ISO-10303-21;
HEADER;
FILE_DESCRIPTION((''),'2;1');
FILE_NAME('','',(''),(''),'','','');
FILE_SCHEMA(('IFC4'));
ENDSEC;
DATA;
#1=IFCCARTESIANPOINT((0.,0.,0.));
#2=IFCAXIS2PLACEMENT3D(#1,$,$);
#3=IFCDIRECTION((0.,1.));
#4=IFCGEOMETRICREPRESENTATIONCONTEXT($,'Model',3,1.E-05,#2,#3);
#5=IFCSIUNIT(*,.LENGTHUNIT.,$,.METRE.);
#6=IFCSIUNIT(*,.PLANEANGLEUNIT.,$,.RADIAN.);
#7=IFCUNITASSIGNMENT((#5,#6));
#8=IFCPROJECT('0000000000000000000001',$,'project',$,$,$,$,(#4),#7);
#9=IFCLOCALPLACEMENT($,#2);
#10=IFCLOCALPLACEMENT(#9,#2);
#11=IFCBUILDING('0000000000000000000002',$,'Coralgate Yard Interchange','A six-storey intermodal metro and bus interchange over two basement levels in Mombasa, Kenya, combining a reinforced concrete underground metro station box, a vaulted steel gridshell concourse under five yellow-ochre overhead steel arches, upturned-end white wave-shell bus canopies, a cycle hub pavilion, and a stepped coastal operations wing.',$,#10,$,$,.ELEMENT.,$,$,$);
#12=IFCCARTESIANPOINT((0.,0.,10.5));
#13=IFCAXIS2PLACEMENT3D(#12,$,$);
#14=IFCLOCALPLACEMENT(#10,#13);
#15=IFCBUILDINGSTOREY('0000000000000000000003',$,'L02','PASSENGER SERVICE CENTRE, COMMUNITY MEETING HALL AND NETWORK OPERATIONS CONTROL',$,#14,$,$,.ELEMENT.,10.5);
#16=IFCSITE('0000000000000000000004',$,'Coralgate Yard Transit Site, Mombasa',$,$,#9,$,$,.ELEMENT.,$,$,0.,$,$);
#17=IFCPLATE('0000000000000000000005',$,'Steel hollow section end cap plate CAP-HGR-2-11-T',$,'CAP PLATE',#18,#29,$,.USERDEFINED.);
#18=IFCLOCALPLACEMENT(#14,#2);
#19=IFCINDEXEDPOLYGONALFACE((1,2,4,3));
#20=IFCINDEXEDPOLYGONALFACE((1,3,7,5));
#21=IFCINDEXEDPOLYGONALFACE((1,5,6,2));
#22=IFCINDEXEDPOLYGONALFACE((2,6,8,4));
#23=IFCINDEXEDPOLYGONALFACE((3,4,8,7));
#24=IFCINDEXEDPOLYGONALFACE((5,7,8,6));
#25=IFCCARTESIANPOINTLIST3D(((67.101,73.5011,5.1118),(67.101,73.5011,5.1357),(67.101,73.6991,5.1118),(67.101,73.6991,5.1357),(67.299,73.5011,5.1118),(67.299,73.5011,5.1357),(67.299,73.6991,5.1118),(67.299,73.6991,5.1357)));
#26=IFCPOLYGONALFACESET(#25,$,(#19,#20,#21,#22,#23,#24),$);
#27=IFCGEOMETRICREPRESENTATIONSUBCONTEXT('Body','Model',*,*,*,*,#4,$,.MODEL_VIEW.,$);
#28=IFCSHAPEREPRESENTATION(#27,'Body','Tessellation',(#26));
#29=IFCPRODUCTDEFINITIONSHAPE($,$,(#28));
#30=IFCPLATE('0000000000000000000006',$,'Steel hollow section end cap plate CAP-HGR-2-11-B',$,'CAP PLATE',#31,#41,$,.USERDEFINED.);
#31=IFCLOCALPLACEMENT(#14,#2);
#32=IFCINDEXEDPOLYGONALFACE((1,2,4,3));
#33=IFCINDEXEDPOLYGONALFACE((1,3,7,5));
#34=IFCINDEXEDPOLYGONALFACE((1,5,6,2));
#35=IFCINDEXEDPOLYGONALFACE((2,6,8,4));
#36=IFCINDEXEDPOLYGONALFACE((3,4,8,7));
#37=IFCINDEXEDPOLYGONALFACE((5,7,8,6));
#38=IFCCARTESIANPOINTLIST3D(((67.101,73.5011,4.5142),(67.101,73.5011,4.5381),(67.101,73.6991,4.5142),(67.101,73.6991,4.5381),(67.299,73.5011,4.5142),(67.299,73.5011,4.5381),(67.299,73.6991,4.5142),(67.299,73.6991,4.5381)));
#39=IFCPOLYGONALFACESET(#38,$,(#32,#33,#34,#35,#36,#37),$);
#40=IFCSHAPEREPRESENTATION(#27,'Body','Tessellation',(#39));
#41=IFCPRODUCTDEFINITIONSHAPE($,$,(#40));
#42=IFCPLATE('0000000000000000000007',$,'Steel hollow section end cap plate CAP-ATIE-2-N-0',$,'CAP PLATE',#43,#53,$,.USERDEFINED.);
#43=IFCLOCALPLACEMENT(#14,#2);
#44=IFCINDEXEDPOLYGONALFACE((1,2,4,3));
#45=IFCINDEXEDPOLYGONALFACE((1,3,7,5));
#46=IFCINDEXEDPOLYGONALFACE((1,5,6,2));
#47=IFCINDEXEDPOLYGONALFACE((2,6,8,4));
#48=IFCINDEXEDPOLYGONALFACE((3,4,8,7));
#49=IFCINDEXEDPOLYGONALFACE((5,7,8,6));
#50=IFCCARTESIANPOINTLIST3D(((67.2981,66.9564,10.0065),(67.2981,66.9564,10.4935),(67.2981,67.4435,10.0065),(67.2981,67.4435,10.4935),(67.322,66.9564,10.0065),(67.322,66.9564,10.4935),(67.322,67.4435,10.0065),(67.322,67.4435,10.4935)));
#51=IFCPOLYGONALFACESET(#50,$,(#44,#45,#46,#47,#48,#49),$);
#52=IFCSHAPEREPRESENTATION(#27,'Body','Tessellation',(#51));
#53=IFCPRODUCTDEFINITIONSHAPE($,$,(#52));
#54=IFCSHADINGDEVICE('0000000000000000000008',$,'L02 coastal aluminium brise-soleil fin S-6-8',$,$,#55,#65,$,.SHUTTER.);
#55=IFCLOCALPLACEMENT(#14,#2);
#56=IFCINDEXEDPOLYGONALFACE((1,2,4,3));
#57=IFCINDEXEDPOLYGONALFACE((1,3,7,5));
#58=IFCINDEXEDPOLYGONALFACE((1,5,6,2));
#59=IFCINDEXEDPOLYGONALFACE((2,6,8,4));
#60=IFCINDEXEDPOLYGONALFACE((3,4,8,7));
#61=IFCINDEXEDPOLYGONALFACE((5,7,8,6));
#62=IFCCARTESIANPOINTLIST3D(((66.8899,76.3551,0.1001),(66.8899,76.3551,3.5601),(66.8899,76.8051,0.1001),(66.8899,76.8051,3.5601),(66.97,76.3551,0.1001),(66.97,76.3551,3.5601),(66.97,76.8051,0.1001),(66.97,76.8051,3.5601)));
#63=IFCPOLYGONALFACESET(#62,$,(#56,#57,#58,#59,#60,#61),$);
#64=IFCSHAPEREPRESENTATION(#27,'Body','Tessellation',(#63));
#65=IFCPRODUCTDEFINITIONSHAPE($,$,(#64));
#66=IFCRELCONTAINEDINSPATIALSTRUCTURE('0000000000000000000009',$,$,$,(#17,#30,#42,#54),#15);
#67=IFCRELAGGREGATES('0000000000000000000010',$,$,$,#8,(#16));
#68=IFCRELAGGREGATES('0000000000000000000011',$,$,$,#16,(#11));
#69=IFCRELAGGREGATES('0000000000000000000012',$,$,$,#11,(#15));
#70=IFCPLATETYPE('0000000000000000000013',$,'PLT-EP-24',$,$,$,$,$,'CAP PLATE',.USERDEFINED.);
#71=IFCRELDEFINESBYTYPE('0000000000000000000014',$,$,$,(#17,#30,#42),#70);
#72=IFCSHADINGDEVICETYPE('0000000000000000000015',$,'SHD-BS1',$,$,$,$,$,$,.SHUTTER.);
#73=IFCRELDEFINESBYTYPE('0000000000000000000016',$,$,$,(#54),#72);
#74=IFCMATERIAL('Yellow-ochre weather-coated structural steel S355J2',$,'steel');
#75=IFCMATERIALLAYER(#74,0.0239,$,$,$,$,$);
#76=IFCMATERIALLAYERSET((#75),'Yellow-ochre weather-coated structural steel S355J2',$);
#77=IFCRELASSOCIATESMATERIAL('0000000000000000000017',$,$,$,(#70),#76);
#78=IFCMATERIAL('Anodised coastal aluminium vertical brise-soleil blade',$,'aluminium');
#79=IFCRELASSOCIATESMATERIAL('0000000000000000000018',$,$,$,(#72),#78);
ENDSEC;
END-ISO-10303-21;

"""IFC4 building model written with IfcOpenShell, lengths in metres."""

from ifc_helpers import new_model, si_unit, direction, frame, origin, origin_2d, place, context, subcontext, project, spatial, rectangle, extrude, material, layer, layer_set, type_object, element, save


model = new_model("IFC4")

# Units and contexts
model_context = context("Model", 3, precision=1e-05, world=origin(), true_north=direction((0.0, 1.0)))
body_context = subcontext(model_context, "Body", "Model", "MODEL_VIEW")
ifc_project = project(units=[si_unit("LENGTHUNIT", "METRE"), si_unit("PLANEANGLEUNIT", "RADIAN")], contexts=[model_context])

# Site, building, storey
site_placement = place(None, origin())
site = spatial("IfcSite", under=ifc_project, at=site_placement, Name="Coralgate Yard Transit Site, Mombasa", CompositionType="ELEMENT", RefElevation=0.0)
building_placement = place(site_placement, origin())
building = spatial("IfcBuilding", under=site, at=building_placement, Name="Coralgate Yard Interchange", Description="A six-storey intermodal metro and bus interchange over two basement levels in Mombasa, Kenya, combining a reinforced concrete underground metro station box, a vaulted steel gridshell concourse under five yellow-ochre overhead steel arches, upturned-end white wave-shell bus canopies, a cycle hub pavilion, and a stepped coastal operations wing.", CompositionType="ELEMENT")
storey_placement = place(building_placement, frame((0.0, 0.0, 10.5)))
storey = spatial("IfcBuildingStorey", under=building, at=storey_placement, Name="L02", Description="PASSENGER SERVICE CENTRE, COMMUNITY MEETING HALL AND NETWORK OPERATIONS CONTROL", CompositionType="ELEMENT", Elevation=10.5)

# Shared definitions
ifc_material_1 = material(Name="Yellow-ochre weather-coated structural steel S355J2", Category="steel")

# Plates
ifc_layer_1 = layer(ifc_material_1, 0.0239)
ifc_layer_set_1 = layer_set([ifc_layer_1], Name="Yellow-ochre weather-coated structural steel S355J2")
plate_type_1 = type_object("IfcPlateType", Name="PLT-EP-24", ElementType="CAP PLATE", PredefinedType="USERDEFINED", material=ifc_layer_set_1)
for number, where, z_axis, x_axis, name in (
    (1, (67.2, 73.6001, 5.1118), (0.0, 0.0, 1.0), (1.0, 0.0, 0.0), "Steel hollow section end cap plate CAP-HGR-2-11-T"),
    (2, (67.2, 73.6001, 4.5381), (0.0, 0.0, -1.0), (1.0, 0.0, 0.0), "Steel hollow section end cap plate CAP-HGR-2-11-B"),
):
    element("IfcPlate", number, at=place(storey_placement, frame(where, z_axis=z_axis, x_axis=x_axis)), inside=storey, type_object=plate_type_1, Name=name, ObjectType="CAP PLATE", PredefinedType="USERDEFINED", context=body_context, shape_type="SweptSolid", body=[
        extrude(rectangle(XDim=0.198, YDim=0.198, at=origin_2d()), origin(), (0.0, 0.0, 1.0), 0.0239),
    ])
plate_1_placement = place(storey_placement, frame((67.322, 67.2, 10.25), z_axis=(-1.0, 0.0, 0.0), x_axis=(0.0, -1.0, 0.0)))
element("IfcPlate", 3, at=plate_1_placement, inside=storey, type_object=plate_type_1, Name="Steel hollow section end cap plate CAP-ATIE-2-N-0", ObjectType="CAP PLATE", PredefinedType="USERDEFINED", context=body_context, shape_type="SweptSolid", body=[
    extrude(rectangle(XDim=0.4871, YDim=0.4871, at=origin_2d()), origin(), (0.0, 0.0, 1.0), 0.0239),
])

# Shading device
ifc_material_2 = material(Name="Anodised coastal aluminium vertical brise-soleil blade", Category="aluminium")
shading_device_type = type_object("IfcShadingDeviceType", Name="SHD-BS1", PredefinedType="SHUTTER", material=ifc_material_2)
shading_device_placement = place(storey_placement, frame((66.9299, 76.5801, 0.1001), z_axis=(0.0, 0.0, 1.0), x_axis=(-1.0, 0.0, 0.0)))
element("IfcShadingDevice", 4, at=shading_device_placement, inside=storey, type_object=shading_device_type, Name="L02 coastal aluminium brise-soleil fin S-6-8", PredefinedType="SHUTTER", context=body_context, shape_type="SweptSolid", body=[
    extrude(rectangle(XDim=0.0801, YDim=0.45, at=origin_2d()), origin(), (0.0, 0.0, 1.0), 3.46),
])

save(model, "model.ifc")
